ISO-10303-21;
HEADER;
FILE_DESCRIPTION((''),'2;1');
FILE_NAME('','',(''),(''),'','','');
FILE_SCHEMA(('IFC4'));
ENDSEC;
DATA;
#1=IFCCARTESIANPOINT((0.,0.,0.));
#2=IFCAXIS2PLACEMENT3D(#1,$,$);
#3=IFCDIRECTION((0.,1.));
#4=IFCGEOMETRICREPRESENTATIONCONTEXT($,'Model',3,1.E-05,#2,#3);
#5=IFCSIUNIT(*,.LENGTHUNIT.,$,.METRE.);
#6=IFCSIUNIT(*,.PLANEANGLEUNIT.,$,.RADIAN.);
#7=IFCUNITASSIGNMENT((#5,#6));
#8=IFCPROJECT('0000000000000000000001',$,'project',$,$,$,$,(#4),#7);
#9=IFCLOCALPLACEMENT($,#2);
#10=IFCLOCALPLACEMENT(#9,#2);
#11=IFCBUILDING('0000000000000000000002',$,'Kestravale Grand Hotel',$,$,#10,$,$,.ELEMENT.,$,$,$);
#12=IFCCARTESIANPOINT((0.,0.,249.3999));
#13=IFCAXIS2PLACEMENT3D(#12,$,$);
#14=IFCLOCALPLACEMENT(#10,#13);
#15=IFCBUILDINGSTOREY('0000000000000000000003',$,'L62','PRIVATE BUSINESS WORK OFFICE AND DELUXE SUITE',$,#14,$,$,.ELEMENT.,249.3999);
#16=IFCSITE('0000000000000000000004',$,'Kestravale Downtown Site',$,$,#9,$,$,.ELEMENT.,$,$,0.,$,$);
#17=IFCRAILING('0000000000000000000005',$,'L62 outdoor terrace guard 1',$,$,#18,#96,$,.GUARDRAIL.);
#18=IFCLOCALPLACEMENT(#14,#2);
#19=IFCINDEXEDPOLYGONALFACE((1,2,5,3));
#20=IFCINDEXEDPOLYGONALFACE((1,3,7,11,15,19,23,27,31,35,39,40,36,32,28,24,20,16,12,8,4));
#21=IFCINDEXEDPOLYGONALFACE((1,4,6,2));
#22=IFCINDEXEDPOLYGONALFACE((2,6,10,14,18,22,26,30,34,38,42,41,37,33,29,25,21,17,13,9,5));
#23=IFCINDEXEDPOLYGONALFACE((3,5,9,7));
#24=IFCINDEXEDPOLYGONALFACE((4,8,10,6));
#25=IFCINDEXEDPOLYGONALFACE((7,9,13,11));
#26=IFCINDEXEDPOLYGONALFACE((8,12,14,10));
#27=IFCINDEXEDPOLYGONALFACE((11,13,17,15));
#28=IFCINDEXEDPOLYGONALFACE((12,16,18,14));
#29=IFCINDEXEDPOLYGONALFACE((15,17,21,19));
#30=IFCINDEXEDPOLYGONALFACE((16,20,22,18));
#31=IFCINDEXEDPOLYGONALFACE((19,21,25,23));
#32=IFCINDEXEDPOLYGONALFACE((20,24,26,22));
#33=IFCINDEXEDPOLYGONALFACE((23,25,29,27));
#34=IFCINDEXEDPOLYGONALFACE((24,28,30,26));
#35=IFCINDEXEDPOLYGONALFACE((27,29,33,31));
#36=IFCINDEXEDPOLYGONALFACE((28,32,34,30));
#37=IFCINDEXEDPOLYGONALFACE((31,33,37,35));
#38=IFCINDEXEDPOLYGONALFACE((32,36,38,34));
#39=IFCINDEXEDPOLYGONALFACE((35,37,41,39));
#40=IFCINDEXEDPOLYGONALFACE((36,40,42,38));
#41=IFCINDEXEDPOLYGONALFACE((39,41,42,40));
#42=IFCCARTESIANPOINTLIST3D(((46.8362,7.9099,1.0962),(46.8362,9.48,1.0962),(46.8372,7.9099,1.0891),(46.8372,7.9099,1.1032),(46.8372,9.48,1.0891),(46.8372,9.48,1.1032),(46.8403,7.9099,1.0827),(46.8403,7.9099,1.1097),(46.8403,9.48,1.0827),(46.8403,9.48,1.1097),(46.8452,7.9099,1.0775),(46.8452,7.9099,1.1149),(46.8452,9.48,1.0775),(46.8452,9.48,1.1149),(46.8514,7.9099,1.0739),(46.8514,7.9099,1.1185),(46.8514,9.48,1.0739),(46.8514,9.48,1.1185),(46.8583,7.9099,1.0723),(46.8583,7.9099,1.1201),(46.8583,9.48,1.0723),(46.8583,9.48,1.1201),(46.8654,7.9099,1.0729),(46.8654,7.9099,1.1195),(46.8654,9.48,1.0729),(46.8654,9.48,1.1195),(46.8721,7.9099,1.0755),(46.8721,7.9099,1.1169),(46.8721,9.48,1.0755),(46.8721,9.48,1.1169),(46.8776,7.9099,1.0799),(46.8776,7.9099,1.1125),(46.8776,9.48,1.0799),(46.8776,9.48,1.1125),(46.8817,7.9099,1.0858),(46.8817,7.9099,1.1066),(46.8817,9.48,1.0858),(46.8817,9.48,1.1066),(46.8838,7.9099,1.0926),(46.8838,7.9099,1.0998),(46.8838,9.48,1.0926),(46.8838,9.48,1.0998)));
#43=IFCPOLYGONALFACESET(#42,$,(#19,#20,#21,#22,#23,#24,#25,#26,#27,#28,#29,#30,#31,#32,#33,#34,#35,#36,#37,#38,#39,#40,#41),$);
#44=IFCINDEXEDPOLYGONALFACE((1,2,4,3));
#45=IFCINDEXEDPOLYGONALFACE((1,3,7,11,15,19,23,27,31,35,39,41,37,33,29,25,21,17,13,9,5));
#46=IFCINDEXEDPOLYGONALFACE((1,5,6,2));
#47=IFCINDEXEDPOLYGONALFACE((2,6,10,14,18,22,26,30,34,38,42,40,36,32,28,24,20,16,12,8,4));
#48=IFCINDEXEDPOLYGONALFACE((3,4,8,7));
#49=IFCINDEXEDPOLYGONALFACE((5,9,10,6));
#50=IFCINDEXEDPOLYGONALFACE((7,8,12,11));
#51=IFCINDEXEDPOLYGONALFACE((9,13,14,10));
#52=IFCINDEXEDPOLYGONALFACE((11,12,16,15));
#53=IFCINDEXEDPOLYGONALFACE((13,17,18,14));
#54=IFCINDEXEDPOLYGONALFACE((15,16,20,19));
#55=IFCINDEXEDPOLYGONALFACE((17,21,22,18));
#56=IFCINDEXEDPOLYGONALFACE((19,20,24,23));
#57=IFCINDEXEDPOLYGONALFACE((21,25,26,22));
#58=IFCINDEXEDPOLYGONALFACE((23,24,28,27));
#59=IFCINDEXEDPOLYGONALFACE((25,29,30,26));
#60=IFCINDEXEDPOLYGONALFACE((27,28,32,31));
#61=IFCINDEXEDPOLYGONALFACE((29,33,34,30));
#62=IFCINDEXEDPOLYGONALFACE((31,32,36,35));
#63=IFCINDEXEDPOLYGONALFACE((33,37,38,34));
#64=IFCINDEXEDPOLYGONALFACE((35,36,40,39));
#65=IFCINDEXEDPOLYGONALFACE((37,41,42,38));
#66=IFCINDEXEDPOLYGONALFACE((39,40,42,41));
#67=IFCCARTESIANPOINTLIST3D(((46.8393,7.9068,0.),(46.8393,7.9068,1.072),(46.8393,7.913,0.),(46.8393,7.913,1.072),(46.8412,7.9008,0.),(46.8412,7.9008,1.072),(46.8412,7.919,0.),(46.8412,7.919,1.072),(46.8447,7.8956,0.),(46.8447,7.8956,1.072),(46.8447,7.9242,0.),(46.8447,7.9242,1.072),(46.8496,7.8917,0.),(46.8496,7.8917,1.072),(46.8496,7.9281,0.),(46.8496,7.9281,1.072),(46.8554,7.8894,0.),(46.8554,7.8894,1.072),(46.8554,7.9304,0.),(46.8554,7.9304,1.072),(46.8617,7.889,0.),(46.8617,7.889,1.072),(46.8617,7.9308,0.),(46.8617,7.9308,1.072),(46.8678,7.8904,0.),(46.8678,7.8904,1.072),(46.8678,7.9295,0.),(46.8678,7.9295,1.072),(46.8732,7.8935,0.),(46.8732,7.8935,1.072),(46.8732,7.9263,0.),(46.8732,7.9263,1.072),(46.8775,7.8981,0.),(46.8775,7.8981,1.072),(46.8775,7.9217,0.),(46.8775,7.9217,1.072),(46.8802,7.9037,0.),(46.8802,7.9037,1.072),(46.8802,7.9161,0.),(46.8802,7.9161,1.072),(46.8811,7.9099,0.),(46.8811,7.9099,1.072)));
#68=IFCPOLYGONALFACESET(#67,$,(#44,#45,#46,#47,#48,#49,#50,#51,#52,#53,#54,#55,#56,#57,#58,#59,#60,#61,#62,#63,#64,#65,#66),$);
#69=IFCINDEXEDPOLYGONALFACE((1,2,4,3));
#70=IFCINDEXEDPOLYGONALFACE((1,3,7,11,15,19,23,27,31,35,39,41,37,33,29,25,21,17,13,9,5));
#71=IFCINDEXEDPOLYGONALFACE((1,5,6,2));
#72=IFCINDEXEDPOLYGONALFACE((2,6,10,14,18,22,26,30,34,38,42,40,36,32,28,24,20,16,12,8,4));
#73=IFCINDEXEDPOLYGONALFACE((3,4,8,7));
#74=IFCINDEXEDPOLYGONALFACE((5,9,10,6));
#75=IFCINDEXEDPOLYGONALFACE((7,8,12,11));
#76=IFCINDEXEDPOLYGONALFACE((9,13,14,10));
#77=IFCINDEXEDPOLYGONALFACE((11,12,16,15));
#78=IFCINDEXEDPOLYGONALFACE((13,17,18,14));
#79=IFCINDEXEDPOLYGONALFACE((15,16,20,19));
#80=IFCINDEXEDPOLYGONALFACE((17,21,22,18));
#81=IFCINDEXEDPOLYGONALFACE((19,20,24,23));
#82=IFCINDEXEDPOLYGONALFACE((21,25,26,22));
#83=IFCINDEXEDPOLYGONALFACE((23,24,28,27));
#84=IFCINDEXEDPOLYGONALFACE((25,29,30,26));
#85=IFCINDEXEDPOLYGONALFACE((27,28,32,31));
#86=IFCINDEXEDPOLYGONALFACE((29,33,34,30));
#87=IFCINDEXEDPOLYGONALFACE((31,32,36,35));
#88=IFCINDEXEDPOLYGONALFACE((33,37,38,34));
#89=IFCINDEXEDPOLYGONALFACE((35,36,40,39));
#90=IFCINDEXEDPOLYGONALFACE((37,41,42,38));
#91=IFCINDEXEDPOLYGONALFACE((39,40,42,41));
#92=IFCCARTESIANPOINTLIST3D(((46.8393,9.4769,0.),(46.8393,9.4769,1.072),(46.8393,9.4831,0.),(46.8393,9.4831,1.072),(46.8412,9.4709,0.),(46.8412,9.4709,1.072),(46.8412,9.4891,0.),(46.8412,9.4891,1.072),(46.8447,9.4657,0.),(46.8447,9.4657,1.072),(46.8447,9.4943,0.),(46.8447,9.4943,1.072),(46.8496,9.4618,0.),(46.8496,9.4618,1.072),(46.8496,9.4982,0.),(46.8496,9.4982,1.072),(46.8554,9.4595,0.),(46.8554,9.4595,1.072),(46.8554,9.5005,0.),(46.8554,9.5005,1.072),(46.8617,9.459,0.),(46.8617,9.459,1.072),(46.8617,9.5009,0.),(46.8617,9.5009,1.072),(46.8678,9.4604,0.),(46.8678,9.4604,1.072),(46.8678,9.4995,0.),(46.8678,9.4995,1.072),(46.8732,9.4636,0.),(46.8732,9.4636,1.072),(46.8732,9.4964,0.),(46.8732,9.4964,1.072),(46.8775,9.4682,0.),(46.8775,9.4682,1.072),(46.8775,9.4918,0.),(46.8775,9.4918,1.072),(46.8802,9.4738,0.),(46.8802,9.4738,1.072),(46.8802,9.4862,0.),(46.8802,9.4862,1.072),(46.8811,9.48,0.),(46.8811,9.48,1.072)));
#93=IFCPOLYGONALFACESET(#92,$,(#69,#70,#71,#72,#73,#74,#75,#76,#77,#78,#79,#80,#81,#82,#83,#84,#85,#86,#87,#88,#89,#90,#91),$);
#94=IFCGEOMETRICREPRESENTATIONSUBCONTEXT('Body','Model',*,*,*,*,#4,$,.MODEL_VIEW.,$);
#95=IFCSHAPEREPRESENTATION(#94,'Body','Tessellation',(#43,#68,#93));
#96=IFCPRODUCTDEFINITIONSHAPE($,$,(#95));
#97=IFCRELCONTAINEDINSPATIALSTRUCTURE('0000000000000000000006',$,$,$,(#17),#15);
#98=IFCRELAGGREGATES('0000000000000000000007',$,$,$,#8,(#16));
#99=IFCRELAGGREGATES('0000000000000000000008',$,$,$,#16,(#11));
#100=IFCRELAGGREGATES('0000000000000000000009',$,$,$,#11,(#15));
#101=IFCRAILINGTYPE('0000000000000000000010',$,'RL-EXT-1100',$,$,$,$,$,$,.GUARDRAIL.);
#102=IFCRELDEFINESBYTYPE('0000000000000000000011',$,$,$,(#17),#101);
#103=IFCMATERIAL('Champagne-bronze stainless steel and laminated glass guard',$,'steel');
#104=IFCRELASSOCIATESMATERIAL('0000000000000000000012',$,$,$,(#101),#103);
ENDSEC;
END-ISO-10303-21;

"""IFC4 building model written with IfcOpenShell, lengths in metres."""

from ifc_helpers import new_model, si_unit, direction, frame, origin, origin_2d, place, context, subcontext, project, spatial, circle, extrude, material, type_object, element, save


model = new_model("IFC4")

# Units and contexts
model_context = context("Model", 3, precision=1e-05, world=origin(), true_north=direction((0.0, 1.0)))
body_context = subcontext(model_context, "Body", "Model", "MODEL_VIEW")
ifc_project = project(units=[si_unit("LENGTHUNIT", "METRE"), si_unit("PLANEANGLEUNIT", "RADIAN")], contexts=[model_context])

# Site, building, storey
site_placement = place(None, origin())
site = spatial("IfcSite", under=ifc_project, at=site_placement, Name="Kestravale Downtown Site", CompositionType="ELEMENT", RefElevation=0.0)
building_placement = place(site_placement, origin())
building = spatial("IfcBuilding", under=site, at=building_placement, Name="Kestravale Grand Hotel", CompositionType="ELEMENT")
storey_placement = place(building_placement, frame((0.0, 0.0, 249.3999)))
storey = spatial("IfcBuildingStorey", under=building, at=storey_placement, Name="L62", Description="PRIVATE BUSINESS WORK OFFICE AND DELUXE SUITE", CompositionType="ELEMENT", Elevation=249.3999)

# Railing
ifc_material_1 = material(Name="Champagne-bronze stainless steel and laminated glass guard", Category="steel")
railing_type = type_object("IfcRailingType", Name="RL-EXT-1100", PredefinedType="GUARDRAIL", material=ifc_material_1)
railing_1_placement = place(storey_placement, frame((46.8601, 7.9099, 0.0)))
element("IfcRailing", 1, at=railing_1_placement, inside=storey, type_object=railing_type, Name="L62 outdoor terrace guard 1", PredefinedType="GUARDRAIL", context=body_context, shape_type="SweptSolid", body=[
    extrude(circle(Radius=0.0239, at=origin_2d()), frame((0.0, 0.0, 1.0962), z_axis=(0.0, 1.0, 0.0), x_axis=(-1.0, 0.0, 0.0)), (0.0, 0.0, 1.0), 1.5701),
    extrude(circle(Radius=0.021, at=origin_2d()), origin(), (0.0, 0.0, 1.0), 1.072),
    extrude(circle(Radius=0.021, at=origin_2d()), frame((0.0, 1.5701, 0.0)), (0.0, 0.0, 1.0), 1.072),
])

save(model, "model.ifc")
